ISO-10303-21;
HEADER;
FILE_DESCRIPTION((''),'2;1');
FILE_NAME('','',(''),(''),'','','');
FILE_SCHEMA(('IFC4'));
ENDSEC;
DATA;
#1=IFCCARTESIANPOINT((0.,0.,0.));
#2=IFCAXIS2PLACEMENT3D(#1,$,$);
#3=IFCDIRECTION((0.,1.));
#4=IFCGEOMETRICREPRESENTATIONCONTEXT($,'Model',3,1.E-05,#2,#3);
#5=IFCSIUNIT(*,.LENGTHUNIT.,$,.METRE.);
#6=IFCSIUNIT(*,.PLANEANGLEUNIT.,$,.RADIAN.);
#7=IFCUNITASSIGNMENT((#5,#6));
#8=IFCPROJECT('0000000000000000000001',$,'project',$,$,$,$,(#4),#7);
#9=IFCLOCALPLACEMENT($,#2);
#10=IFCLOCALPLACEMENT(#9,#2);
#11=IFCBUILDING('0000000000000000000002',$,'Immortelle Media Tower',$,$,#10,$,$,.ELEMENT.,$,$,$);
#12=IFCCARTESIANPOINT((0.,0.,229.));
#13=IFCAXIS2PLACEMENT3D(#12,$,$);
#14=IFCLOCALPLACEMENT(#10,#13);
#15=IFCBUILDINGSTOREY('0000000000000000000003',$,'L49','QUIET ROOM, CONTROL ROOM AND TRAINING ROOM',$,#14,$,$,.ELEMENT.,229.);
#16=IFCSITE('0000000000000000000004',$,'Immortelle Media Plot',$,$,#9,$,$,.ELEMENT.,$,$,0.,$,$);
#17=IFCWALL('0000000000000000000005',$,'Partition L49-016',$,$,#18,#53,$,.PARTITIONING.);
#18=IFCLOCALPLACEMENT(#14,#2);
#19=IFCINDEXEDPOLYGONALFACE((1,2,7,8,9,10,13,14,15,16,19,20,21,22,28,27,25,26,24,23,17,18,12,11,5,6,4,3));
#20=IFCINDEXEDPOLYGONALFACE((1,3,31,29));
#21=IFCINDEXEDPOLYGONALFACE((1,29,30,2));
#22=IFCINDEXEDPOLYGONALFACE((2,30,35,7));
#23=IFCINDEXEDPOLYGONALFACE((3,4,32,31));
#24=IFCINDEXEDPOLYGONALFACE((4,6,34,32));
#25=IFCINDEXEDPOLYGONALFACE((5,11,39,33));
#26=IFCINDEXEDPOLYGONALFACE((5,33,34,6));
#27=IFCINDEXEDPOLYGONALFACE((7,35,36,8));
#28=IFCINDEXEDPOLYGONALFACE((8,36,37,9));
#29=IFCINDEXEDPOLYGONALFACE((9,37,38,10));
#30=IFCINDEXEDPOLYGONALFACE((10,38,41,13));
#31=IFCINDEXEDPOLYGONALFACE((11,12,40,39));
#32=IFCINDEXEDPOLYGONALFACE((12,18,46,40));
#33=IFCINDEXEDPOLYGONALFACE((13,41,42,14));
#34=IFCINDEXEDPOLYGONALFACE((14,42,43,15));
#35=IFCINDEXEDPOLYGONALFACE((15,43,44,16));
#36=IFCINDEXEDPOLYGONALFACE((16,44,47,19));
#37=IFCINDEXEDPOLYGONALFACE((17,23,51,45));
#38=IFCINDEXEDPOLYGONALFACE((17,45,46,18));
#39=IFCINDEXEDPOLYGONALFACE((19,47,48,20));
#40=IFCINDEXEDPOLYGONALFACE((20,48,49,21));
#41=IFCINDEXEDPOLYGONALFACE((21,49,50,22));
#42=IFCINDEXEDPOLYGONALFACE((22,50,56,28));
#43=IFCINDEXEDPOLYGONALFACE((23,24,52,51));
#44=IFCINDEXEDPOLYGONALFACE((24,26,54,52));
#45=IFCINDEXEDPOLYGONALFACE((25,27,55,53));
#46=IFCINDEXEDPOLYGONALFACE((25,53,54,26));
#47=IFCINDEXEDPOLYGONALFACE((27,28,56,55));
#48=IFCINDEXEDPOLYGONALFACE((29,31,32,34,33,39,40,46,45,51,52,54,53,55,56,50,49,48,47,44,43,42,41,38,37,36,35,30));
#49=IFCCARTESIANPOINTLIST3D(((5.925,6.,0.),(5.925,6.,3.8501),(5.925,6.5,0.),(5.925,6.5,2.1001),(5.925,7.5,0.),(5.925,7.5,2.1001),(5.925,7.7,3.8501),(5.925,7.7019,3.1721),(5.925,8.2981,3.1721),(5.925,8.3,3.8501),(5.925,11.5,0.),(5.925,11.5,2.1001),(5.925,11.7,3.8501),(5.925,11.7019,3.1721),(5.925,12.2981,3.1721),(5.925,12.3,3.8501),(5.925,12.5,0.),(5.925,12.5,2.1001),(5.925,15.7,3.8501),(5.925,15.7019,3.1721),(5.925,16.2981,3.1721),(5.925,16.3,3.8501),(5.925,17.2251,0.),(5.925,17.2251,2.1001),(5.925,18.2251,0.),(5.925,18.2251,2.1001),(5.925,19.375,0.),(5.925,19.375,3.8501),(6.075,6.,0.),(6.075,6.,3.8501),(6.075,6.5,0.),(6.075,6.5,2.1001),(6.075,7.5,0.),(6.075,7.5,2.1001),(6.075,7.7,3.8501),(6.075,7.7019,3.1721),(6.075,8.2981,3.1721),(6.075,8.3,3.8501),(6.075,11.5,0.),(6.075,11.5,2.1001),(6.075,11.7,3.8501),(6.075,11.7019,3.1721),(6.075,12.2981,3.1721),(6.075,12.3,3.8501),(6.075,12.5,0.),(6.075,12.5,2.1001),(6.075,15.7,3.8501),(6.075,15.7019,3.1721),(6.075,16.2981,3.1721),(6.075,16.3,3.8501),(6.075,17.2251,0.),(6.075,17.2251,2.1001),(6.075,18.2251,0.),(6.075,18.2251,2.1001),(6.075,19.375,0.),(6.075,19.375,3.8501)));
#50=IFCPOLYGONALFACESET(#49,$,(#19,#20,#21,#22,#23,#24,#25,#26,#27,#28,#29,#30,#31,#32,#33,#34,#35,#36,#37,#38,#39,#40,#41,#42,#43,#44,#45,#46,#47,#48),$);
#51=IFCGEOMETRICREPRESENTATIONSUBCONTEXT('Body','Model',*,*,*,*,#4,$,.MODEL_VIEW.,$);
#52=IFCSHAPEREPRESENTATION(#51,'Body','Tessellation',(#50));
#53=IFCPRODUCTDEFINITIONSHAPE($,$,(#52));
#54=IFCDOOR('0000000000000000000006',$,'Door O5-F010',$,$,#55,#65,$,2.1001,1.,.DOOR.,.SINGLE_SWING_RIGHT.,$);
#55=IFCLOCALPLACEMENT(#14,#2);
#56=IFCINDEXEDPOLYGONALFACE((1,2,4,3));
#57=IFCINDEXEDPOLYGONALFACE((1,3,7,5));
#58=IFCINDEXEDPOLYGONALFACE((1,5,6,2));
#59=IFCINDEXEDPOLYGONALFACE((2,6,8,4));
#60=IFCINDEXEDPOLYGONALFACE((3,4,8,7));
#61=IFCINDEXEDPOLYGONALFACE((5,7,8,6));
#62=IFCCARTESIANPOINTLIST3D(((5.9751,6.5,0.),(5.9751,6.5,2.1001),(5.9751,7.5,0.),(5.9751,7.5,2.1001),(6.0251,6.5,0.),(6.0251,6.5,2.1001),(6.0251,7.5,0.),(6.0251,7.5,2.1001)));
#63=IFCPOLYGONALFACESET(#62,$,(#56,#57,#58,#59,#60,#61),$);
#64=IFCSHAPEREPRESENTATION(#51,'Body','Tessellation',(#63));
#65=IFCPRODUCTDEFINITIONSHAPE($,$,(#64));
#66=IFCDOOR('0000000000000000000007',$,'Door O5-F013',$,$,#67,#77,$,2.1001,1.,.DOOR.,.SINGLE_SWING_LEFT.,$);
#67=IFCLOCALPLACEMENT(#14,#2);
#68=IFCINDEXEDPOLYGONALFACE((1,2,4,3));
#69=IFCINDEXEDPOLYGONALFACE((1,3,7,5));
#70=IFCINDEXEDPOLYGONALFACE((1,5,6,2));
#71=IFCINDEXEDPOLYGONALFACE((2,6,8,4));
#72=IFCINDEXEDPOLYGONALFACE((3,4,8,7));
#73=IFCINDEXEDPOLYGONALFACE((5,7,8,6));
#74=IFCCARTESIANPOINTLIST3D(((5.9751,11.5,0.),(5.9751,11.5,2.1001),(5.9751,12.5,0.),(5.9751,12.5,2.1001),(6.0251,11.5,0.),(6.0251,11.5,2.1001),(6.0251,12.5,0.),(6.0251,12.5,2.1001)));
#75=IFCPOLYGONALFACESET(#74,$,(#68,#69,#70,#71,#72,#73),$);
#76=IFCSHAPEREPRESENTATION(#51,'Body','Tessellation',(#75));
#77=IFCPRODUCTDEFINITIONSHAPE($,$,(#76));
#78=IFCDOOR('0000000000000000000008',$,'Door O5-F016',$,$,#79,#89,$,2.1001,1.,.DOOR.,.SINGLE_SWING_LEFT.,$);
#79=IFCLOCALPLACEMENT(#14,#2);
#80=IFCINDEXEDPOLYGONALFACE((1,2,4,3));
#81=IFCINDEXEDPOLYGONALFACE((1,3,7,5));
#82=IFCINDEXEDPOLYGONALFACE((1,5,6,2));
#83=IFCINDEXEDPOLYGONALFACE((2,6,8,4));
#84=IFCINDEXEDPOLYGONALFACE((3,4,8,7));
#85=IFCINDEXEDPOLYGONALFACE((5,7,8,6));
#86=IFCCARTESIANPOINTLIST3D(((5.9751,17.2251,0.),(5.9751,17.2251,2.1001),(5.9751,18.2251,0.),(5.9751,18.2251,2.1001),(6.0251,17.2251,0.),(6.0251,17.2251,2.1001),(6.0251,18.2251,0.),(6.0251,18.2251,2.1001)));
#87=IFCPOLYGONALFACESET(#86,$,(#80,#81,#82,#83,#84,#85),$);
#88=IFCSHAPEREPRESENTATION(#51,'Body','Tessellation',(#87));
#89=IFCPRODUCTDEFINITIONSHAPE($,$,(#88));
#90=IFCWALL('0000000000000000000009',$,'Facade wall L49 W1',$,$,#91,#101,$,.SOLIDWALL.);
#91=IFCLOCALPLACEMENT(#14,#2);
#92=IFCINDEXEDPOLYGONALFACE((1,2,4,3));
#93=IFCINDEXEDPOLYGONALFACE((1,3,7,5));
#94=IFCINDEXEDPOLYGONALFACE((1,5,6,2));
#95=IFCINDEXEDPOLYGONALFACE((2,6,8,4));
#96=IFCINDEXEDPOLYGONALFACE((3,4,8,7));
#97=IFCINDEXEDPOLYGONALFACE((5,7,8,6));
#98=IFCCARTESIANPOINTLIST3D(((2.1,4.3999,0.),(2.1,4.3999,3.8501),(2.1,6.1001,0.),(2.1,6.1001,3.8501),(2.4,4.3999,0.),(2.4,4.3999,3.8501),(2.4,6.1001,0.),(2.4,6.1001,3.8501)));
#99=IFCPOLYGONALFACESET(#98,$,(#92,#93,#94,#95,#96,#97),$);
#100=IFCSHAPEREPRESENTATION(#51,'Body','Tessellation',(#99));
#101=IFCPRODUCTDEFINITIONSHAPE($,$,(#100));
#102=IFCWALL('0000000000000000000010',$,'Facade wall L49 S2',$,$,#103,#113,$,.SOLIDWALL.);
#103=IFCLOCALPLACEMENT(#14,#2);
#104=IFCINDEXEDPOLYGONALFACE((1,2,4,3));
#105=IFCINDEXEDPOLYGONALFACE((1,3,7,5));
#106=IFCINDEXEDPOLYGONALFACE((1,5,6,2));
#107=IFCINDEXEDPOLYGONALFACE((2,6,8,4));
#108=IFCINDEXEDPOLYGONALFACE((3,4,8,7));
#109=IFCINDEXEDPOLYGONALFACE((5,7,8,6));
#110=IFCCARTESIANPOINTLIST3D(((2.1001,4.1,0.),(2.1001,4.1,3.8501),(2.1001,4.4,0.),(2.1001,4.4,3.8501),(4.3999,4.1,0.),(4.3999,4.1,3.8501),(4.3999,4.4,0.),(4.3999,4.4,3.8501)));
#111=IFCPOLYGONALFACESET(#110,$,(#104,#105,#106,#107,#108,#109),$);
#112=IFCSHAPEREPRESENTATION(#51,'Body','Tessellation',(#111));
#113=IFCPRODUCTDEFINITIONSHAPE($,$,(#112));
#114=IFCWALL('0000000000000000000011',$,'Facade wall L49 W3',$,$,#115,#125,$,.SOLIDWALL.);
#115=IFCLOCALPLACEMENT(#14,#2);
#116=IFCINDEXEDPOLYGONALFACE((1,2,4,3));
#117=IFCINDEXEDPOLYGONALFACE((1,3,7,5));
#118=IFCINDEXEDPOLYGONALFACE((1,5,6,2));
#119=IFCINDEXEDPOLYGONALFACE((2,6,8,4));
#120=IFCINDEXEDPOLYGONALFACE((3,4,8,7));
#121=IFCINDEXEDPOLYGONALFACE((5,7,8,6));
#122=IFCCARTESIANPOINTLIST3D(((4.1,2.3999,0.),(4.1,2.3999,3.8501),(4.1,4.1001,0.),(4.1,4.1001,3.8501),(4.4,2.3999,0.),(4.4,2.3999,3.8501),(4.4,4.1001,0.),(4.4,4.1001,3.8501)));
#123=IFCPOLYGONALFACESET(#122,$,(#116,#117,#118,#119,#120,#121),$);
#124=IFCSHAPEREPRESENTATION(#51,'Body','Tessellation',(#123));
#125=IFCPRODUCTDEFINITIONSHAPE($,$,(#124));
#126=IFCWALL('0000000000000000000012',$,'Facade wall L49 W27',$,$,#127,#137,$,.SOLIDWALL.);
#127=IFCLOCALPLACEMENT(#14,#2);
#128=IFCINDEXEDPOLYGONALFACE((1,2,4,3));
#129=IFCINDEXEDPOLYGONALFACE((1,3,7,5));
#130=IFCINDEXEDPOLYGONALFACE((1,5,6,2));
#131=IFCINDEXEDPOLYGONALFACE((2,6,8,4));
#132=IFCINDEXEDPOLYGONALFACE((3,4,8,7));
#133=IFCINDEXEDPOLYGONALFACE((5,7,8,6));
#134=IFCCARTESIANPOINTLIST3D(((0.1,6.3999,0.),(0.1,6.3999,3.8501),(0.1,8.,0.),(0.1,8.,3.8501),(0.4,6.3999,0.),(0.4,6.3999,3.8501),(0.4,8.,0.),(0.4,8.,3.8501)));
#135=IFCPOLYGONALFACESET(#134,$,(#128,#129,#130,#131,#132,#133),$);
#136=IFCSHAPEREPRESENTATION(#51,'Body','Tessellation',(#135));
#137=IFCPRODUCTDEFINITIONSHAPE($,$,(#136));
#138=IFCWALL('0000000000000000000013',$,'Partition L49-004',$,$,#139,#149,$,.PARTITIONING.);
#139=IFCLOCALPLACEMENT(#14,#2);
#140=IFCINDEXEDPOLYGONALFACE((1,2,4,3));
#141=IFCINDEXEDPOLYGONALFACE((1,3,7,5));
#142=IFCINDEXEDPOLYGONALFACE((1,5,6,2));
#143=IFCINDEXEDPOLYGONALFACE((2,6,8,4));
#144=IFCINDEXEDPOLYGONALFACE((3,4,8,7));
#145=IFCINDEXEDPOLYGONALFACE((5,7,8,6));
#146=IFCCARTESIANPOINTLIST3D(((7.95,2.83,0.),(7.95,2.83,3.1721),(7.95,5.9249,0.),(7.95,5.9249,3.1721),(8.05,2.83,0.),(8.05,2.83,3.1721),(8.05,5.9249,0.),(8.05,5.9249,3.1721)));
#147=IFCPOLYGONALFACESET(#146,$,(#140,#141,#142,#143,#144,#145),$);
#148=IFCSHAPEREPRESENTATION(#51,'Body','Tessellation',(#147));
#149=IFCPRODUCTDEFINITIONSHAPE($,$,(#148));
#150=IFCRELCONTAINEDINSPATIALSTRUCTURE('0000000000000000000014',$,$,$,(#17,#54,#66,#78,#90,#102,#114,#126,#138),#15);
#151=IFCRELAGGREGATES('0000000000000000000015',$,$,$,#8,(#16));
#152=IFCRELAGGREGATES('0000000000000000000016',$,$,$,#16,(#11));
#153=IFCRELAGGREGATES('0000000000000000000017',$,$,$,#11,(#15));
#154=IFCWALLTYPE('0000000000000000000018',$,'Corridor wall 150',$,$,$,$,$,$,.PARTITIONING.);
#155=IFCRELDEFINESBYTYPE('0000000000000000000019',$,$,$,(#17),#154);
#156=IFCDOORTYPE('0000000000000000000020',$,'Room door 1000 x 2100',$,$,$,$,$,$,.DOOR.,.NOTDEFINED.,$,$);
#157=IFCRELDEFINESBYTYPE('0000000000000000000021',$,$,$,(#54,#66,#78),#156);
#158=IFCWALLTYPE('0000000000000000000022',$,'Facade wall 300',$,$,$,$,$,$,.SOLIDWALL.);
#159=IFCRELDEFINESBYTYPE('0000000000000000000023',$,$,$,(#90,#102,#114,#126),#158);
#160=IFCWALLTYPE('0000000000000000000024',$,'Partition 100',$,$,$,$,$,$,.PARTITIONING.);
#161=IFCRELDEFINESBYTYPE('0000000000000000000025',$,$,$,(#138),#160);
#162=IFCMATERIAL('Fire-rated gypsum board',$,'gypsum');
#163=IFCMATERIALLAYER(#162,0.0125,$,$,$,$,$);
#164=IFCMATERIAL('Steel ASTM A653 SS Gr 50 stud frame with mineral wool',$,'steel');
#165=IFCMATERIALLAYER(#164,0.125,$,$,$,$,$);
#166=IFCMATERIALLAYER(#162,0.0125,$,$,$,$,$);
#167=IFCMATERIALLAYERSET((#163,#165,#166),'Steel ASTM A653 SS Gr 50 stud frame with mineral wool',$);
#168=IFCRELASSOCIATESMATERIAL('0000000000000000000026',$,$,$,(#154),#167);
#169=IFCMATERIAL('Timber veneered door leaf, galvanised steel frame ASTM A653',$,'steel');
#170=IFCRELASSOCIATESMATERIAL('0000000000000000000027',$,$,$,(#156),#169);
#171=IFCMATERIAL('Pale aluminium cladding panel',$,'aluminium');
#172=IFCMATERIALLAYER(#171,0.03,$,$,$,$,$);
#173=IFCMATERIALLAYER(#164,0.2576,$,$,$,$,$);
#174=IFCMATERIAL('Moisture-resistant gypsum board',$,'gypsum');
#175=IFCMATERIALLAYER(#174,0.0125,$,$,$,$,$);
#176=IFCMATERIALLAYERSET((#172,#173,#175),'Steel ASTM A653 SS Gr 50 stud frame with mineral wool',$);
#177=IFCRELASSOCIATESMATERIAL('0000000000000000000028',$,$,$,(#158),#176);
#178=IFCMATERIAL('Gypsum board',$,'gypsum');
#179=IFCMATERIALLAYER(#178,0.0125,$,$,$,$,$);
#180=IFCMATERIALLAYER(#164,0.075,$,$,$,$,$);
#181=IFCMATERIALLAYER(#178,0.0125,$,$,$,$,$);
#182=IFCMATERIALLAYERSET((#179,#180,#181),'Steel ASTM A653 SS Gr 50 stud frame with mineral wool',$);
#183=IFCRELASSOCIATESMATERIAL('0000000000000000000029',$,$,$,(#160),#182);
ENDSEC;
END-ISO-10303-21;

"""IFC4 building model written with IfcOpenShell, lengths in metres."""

from ifc_helpers import new_model, si_unit, direction, frame, frame_2d, origin, place, context, subcontext, project, spatial, polyline, rectangle, outline, extrude, material, layer, layer_set, type_object, element, fill, save


model = new_model("IFC4")

# Units and contexts
model_context = context("Model", 3, precision=1e-05, world=origin(), true_north=direction((0.0, 1.0)))
body_context = subcontext(model_context, "Body", "Model", "MODEL_VIEW")
ifc_project = project(units=[si_unit("LENGTHUNIT", "METRE"), si_unit("PLANEANGLEUNIT", "RADIAN")], contexts=[model_context])

# Site, building, storey
site_placement = place(None, origin())
site = spatial("IfcSite", under=ifc_project, at=site_placement, Name="Immortelle Media Plot", CompositionType="ELEMENT", RefElevation=0.0)
building_placement = place(site_placement, origin())
building = spatial("IfcBuilding", under=site, at=building_placement, Name="Immortelle Media Tower", CompositionType="ELEMENT")
storey_placement = place(building_placement, frame((0.0, 0.0, 229.0)))
storey = spatial("IfcBuildingStorey", under=building, at=storey_placement, Name="L49", Description="QUIET ROOM, CONTROL ROOM AND TRAINING ROOM", CompositionType="ELEMENT", Elevation=229.0)

# Wall, openings, doors
ifc_material_1 = material(Name="Fire-rated gypsum board", Category="gypsum")
ifc_layer_1 = layer(ifc_material_1, 0.0125)
ifc_material_2 = material(Name="Steel ASTM A653 SS Gr 50 stud frame with mineral wool", Category="steel")
ifc_layer_2 = layer(ifc_material_2, 0.125)
ifc_layer_3 = layer(ifc_material_1, 0.0125)
ifc_layer_set_1 = layer_set([ifc_layer_1, ifc_layer_2, ifc_layer_3], Name="Steel ASTM A653 SS Gr 50 stud frame with mineral wool")
wall_type_1 = type_object("IfcWallType", Name="Corridor wall 150", PredefinedType="PARTITIONING", material=ifc_layer_set_1)
ifc_material_3 = material(Name="Timber veneered door leaf, galvanised steel frame ASTM A653", Category="steel")
door_type = type_object("IfcDoorType", Name="Room door 1000 x 2100", OperationType="NOTDEFINED", PredefinedType="DOOR", material=ifc_material_3)
wall_1_placement = place(storey_placement, frame((6.0, 6.0, 0.0), z_axis=(0.0, 0.0, 1.0), x_axis=(0.0, 1.0, 0.0)))
wall_1 = element("IfcWall", 1, at=wall_1_placement, inside=storey, type_object=wall_type_1, Name="Partition L49-016", PredefinedType="PARTITIONING", context=body_context, shape_type="SweptSolid", body=[
    extrude(outline(polyline([(0.0, 0.0), (13.375, 0.0), (13.375, 3.8501), (10.3, 3.8501), (10.2981, 3.1721), (9.7019, 3.1721), (9.7, 3.8501), (6.3, 3.8501), (6.2981, 3.1721), (5.7019, 3.1721), (5.7, 3.8501), (2.3, 3.8501), (2.2981, 3.1721), (1.7019, 3.1721), (1.7, 3.8501), (0.0, 3.8501), (0.0, 0.0)])), frame((0.0, 0.075, 0.0), z_axis=(0.0, -1.0, 0.0), x_axis=(1.0, 0.0, 0.0)), (0.0, 0.0, 1.0), 0.1499),
])
opening_1_placement = place(wall_1_placement, frame((0.5, 0.0, 0.0)))
opening_1 = element("IfcOpeningElement", 2, at=opening_1_placement, cuts=wall_1, PredefinedType="OPENING", context=body_context, shape_type="SweptSolid", body=[
    extrude(rectangle(XDim=1.0, YDim=2.1001, at=frame_2d((0.5, 1.05))), frame((0.0, 0.085, 0.0), z_axis=(0.0, -1.0, 0.0), x_axis=(1.0, 0.0, 0.0)), (0.0, 0.0, 1.0), 0.1699),
])
opening_2_placement = place(wall_1_placement, frame((5.5, 0.0, 0.0)))
opening_2 = element("IfcOpeningElement", 3, at=opening_2_placement, cuts=wall_1, PredefinedType="OPENING", context=body_context, shape_type="SweptSolid", body=[
    extrude(rectangle(XDim=1.0, YDim=2.1001, at=frame_2d((0.5, 1.05))), frame((0.0, 0.085, 0.0), z_axis=(0.0, -1.0, 0.0), x_axis=(1.0, 0.0, 0.0)), (0.0, 0.0, 1.0), 0.1699),
])
opening_3_placement = place(wall_1_placement, frame((11.2251, 0.0, 0.0)))
opening_3 = element("IfcOpeningElement", 4, at=opening_3_placement, cuts=wall_1, PredefinedType="OPENING", context=body_context, shape_type="SweptSolid", body=[
    extrude(rectangle(XDim=1.0, YDim=2.1001, at=frame_2d((0.5, 1.05))), frame((0.0, 0.085, 0.0), z_axis=(0.0, -1.0, 0.0), x_axis=(1.0, 0.0, 0.0)), (0.0, 0.0, 1.0), 0.1699),
])
door_1_placement = place(opening_1_placement, origin())
door_1 = element("IfcDoor", 5, at=door_1_placement, inside=storey, type_object=door_type, Name="Door O5-F010", OperationType="SINGLE_SWING_RIGHT", OverallHeight=2.1001, OverallWidth=1.0, PredefinedType="DOOR", context=body_context, shape_type="SweptSolid", body=[
    extrude(rectangle(XDim=1.0, YDim=2.1001, at=frame_2d((0.5, 1.05))), frame((0.0, 0.0249, 0.0), z_axis=(0.0, -1.0, 0.0), x_axis=(1.0, 0.0, 0.0)), (0.0, 0.0, 1.0), 0.05),
])
fill(opening_1, door_1)
door_2_placement = place(opening_2_placement, origin())
door_2 = element("IfcDoor", 6, at=door_2_placement, inside=storey, type_object=door_type, Name="Door O5-F013", OperationType="SINGLE_SWING_LEFT", OverallHeight=2.1001, OverallWidth=1.0, PredefinedType="DOOR", context=body_context, shape_type="SweptSolid", body=[
    extrude(rectangle(XDim=1.0, YDim=2.1001, at=frame_2d((0.5, 1.05))), frame((0.0, 0.0249, 0.0), z_axis=(0.0, -1.0, 0.0), x_axis=(1.0, 0.0, 0.0)), (0.0, 0.0, 1.0), 0.05),
])
fill(opening_2, door_2)
door_3_placement = place(opening_3_placement, origin())
door_3 = element("IfcDoor", 7, at=door_3_placement, inside=storey, type_object=door_type, Name="Door O5-F016", OperationType="SINGLE_SWING_LEFT", OverallHeight=2.1001, OverallWidth=1.0, PredefinedType="DOOR", context=body_context, shape_type="SweptSolid", body=[
    extrude(rectangle(XDim=1.0, YDim=2.1001, at=frame_2d((0.5, 1.05))), frame((0.0, 0.0249, 0.0), z_axis=(0.0, -1.0, 0.0), x_axis=(1.0, 0.0, 0.0)), (0.0, 0.0, 1.0), 0.05),
])
fill(opening_3, door_3)

# Walls
ifc_material_4 = material(Name="Pale aluminium cladding panel", Category="aluminium")
ifc_layer_4 = layer(ifc_material_4, 0.03)
ifc_layer_5 = layer(ifc_material_2, 0.2576)
ifc_material_5 = material(Name="Moisture-resistant gypsum board", Category="gypsum")
ifc_layer_6 = layer(ifc_material_5, 0.0125)
ifc_layer_set_2 = layer_set([ifc_layer_4, ifc_layer_5, ifc_layer_6], Name="Steel ASTM A653 SS Gr 50 stud frame with mineral wool")
wall_type_2 = type_object("IfcWallType", Name="Facade wall 300", PredefinedType="SOLIDWALL", material=ifc_layer_set_2)
wall_2_placement = place(storey_placement, frame((2.25, 6.1001, 0.0), z_axis=(0.0, 0.0, 1.0), x_axis=(0.0, -1.0, 0.0)))
element("IfcWall", 8, at=wall_2_placement, inside=storey, type_object=wall_type_2, Name="Facade wall L49 W1", PredefinedType="SOLIDWALL", context=body_context, shape_type="SweptSolid", body=[
    extrude(rectangle(XDim=1.7002, YDim=0.3, at=frame_2d((0.8501, 0.0))), origin(), (0.0, 0.0, 1.0), 3.8501),
])
wall_3_placement = place(storey_placement, frame((2.1001, 4.25, 0.0), z_axis=(0.0, 0.0, 1.0), x_axis=(1.0, 0.0, 0.0)))
element("IfcWall", 9, at=wall_3_placement, inside=storey, type_object=wall_type_2, Name="Facade wall L49 S2", PredefinedType="SOLIDWALL", context=body_context, shape_type="SweptSolid", body=[
    extrude(rectangle(XDim=2.2998, YDim=0.3, at=frame_2d((1.1499, 0.0))), origin(), (0.0, 0.0, 1.0), 3.8501),
])
wall_4_placement = place(storey_placement, frame((4.25, 4.1001, 0.0), z_axis=(0.0, 0.0, 1.0), x_axis=(0.0, -1.0, 0.0)))
element("IfcWall", 10, at=wall_4_placement, inside=storey, type_object=wall_type_2, Name="Facade wall L49 W3", PredefinedType="SOLIDWALL", context=body_context, shape_type="SweptSolid", body=[
    extrude(rectangle(XDim=1.7002, YDim=0.3, at=frame_2d((0.8501, 0.0))), origin(), (0.0, 0.0, 1.0), 3.8501),
])
wall_5_placement = place(storey_placement, frame((0.25, 8.0, 0.0), z_axis=(0.0, 0.0, 1.0), x_axis=(0.0, -1.0, 0.0)))
element("IfcWall", 11, at=wall_5_placement, inside=storey, type_object=wall_type_2, Name="Facade wall L49 W27", PredefinedType="SOLIDWALL", context=body_context, shape_type="SweptSolid", body=[
    extrude(rectangle(XDim=1.6001, YDim=0.3, at=frame_2d((0.8, 0.0))), origin(), (0.0, 0.0, 1.0), 3.8501),
])
ifc_material_6 = material(Name="Gypsum board", Category="gypsum")
ifc_layer_7 = layer(ifc_material_6, 0.0125)
ifc_layer_8 = layer(ifc_material_2, 0.075)
ifc_layer_9 = layer(ifc_material_6, 0.0125)
ifc_layer_set_3 = layer_set([ifc_layer_7, ifc_layer_8, ifc_layer_9], Name="Steel ASTM A653 SS Gr 50 stud frame with mineral wool")
wall_type_3 = type_object("IfcWallType", Name="Partition 100", PredefinedType="PARTITIONING", material=ifc_layer_set_3)
wall_6_placement = place(storey_placement, frame((8.0, 2.8301, 0.0), z_axis=(0.0, 0.0, 1.0), x_axis=(0.0, 1.0, 0.0)))
element("IfcWall", 12, at=wall_6_placement, inside=storey, type_object=wall_type_3, Name="Partition L49-004", PredefinedType="PARTITIONING", context=body_context, shape_type="SweptSolid", body=[
    extrude(rectangle(XDim=3.095, YDim=0.1001, at=frame_2d((1.5474, 0.0))), origin(), (0.0, 0.0, 1.0), 3.1721),
])

save(model, "model.ifc")
